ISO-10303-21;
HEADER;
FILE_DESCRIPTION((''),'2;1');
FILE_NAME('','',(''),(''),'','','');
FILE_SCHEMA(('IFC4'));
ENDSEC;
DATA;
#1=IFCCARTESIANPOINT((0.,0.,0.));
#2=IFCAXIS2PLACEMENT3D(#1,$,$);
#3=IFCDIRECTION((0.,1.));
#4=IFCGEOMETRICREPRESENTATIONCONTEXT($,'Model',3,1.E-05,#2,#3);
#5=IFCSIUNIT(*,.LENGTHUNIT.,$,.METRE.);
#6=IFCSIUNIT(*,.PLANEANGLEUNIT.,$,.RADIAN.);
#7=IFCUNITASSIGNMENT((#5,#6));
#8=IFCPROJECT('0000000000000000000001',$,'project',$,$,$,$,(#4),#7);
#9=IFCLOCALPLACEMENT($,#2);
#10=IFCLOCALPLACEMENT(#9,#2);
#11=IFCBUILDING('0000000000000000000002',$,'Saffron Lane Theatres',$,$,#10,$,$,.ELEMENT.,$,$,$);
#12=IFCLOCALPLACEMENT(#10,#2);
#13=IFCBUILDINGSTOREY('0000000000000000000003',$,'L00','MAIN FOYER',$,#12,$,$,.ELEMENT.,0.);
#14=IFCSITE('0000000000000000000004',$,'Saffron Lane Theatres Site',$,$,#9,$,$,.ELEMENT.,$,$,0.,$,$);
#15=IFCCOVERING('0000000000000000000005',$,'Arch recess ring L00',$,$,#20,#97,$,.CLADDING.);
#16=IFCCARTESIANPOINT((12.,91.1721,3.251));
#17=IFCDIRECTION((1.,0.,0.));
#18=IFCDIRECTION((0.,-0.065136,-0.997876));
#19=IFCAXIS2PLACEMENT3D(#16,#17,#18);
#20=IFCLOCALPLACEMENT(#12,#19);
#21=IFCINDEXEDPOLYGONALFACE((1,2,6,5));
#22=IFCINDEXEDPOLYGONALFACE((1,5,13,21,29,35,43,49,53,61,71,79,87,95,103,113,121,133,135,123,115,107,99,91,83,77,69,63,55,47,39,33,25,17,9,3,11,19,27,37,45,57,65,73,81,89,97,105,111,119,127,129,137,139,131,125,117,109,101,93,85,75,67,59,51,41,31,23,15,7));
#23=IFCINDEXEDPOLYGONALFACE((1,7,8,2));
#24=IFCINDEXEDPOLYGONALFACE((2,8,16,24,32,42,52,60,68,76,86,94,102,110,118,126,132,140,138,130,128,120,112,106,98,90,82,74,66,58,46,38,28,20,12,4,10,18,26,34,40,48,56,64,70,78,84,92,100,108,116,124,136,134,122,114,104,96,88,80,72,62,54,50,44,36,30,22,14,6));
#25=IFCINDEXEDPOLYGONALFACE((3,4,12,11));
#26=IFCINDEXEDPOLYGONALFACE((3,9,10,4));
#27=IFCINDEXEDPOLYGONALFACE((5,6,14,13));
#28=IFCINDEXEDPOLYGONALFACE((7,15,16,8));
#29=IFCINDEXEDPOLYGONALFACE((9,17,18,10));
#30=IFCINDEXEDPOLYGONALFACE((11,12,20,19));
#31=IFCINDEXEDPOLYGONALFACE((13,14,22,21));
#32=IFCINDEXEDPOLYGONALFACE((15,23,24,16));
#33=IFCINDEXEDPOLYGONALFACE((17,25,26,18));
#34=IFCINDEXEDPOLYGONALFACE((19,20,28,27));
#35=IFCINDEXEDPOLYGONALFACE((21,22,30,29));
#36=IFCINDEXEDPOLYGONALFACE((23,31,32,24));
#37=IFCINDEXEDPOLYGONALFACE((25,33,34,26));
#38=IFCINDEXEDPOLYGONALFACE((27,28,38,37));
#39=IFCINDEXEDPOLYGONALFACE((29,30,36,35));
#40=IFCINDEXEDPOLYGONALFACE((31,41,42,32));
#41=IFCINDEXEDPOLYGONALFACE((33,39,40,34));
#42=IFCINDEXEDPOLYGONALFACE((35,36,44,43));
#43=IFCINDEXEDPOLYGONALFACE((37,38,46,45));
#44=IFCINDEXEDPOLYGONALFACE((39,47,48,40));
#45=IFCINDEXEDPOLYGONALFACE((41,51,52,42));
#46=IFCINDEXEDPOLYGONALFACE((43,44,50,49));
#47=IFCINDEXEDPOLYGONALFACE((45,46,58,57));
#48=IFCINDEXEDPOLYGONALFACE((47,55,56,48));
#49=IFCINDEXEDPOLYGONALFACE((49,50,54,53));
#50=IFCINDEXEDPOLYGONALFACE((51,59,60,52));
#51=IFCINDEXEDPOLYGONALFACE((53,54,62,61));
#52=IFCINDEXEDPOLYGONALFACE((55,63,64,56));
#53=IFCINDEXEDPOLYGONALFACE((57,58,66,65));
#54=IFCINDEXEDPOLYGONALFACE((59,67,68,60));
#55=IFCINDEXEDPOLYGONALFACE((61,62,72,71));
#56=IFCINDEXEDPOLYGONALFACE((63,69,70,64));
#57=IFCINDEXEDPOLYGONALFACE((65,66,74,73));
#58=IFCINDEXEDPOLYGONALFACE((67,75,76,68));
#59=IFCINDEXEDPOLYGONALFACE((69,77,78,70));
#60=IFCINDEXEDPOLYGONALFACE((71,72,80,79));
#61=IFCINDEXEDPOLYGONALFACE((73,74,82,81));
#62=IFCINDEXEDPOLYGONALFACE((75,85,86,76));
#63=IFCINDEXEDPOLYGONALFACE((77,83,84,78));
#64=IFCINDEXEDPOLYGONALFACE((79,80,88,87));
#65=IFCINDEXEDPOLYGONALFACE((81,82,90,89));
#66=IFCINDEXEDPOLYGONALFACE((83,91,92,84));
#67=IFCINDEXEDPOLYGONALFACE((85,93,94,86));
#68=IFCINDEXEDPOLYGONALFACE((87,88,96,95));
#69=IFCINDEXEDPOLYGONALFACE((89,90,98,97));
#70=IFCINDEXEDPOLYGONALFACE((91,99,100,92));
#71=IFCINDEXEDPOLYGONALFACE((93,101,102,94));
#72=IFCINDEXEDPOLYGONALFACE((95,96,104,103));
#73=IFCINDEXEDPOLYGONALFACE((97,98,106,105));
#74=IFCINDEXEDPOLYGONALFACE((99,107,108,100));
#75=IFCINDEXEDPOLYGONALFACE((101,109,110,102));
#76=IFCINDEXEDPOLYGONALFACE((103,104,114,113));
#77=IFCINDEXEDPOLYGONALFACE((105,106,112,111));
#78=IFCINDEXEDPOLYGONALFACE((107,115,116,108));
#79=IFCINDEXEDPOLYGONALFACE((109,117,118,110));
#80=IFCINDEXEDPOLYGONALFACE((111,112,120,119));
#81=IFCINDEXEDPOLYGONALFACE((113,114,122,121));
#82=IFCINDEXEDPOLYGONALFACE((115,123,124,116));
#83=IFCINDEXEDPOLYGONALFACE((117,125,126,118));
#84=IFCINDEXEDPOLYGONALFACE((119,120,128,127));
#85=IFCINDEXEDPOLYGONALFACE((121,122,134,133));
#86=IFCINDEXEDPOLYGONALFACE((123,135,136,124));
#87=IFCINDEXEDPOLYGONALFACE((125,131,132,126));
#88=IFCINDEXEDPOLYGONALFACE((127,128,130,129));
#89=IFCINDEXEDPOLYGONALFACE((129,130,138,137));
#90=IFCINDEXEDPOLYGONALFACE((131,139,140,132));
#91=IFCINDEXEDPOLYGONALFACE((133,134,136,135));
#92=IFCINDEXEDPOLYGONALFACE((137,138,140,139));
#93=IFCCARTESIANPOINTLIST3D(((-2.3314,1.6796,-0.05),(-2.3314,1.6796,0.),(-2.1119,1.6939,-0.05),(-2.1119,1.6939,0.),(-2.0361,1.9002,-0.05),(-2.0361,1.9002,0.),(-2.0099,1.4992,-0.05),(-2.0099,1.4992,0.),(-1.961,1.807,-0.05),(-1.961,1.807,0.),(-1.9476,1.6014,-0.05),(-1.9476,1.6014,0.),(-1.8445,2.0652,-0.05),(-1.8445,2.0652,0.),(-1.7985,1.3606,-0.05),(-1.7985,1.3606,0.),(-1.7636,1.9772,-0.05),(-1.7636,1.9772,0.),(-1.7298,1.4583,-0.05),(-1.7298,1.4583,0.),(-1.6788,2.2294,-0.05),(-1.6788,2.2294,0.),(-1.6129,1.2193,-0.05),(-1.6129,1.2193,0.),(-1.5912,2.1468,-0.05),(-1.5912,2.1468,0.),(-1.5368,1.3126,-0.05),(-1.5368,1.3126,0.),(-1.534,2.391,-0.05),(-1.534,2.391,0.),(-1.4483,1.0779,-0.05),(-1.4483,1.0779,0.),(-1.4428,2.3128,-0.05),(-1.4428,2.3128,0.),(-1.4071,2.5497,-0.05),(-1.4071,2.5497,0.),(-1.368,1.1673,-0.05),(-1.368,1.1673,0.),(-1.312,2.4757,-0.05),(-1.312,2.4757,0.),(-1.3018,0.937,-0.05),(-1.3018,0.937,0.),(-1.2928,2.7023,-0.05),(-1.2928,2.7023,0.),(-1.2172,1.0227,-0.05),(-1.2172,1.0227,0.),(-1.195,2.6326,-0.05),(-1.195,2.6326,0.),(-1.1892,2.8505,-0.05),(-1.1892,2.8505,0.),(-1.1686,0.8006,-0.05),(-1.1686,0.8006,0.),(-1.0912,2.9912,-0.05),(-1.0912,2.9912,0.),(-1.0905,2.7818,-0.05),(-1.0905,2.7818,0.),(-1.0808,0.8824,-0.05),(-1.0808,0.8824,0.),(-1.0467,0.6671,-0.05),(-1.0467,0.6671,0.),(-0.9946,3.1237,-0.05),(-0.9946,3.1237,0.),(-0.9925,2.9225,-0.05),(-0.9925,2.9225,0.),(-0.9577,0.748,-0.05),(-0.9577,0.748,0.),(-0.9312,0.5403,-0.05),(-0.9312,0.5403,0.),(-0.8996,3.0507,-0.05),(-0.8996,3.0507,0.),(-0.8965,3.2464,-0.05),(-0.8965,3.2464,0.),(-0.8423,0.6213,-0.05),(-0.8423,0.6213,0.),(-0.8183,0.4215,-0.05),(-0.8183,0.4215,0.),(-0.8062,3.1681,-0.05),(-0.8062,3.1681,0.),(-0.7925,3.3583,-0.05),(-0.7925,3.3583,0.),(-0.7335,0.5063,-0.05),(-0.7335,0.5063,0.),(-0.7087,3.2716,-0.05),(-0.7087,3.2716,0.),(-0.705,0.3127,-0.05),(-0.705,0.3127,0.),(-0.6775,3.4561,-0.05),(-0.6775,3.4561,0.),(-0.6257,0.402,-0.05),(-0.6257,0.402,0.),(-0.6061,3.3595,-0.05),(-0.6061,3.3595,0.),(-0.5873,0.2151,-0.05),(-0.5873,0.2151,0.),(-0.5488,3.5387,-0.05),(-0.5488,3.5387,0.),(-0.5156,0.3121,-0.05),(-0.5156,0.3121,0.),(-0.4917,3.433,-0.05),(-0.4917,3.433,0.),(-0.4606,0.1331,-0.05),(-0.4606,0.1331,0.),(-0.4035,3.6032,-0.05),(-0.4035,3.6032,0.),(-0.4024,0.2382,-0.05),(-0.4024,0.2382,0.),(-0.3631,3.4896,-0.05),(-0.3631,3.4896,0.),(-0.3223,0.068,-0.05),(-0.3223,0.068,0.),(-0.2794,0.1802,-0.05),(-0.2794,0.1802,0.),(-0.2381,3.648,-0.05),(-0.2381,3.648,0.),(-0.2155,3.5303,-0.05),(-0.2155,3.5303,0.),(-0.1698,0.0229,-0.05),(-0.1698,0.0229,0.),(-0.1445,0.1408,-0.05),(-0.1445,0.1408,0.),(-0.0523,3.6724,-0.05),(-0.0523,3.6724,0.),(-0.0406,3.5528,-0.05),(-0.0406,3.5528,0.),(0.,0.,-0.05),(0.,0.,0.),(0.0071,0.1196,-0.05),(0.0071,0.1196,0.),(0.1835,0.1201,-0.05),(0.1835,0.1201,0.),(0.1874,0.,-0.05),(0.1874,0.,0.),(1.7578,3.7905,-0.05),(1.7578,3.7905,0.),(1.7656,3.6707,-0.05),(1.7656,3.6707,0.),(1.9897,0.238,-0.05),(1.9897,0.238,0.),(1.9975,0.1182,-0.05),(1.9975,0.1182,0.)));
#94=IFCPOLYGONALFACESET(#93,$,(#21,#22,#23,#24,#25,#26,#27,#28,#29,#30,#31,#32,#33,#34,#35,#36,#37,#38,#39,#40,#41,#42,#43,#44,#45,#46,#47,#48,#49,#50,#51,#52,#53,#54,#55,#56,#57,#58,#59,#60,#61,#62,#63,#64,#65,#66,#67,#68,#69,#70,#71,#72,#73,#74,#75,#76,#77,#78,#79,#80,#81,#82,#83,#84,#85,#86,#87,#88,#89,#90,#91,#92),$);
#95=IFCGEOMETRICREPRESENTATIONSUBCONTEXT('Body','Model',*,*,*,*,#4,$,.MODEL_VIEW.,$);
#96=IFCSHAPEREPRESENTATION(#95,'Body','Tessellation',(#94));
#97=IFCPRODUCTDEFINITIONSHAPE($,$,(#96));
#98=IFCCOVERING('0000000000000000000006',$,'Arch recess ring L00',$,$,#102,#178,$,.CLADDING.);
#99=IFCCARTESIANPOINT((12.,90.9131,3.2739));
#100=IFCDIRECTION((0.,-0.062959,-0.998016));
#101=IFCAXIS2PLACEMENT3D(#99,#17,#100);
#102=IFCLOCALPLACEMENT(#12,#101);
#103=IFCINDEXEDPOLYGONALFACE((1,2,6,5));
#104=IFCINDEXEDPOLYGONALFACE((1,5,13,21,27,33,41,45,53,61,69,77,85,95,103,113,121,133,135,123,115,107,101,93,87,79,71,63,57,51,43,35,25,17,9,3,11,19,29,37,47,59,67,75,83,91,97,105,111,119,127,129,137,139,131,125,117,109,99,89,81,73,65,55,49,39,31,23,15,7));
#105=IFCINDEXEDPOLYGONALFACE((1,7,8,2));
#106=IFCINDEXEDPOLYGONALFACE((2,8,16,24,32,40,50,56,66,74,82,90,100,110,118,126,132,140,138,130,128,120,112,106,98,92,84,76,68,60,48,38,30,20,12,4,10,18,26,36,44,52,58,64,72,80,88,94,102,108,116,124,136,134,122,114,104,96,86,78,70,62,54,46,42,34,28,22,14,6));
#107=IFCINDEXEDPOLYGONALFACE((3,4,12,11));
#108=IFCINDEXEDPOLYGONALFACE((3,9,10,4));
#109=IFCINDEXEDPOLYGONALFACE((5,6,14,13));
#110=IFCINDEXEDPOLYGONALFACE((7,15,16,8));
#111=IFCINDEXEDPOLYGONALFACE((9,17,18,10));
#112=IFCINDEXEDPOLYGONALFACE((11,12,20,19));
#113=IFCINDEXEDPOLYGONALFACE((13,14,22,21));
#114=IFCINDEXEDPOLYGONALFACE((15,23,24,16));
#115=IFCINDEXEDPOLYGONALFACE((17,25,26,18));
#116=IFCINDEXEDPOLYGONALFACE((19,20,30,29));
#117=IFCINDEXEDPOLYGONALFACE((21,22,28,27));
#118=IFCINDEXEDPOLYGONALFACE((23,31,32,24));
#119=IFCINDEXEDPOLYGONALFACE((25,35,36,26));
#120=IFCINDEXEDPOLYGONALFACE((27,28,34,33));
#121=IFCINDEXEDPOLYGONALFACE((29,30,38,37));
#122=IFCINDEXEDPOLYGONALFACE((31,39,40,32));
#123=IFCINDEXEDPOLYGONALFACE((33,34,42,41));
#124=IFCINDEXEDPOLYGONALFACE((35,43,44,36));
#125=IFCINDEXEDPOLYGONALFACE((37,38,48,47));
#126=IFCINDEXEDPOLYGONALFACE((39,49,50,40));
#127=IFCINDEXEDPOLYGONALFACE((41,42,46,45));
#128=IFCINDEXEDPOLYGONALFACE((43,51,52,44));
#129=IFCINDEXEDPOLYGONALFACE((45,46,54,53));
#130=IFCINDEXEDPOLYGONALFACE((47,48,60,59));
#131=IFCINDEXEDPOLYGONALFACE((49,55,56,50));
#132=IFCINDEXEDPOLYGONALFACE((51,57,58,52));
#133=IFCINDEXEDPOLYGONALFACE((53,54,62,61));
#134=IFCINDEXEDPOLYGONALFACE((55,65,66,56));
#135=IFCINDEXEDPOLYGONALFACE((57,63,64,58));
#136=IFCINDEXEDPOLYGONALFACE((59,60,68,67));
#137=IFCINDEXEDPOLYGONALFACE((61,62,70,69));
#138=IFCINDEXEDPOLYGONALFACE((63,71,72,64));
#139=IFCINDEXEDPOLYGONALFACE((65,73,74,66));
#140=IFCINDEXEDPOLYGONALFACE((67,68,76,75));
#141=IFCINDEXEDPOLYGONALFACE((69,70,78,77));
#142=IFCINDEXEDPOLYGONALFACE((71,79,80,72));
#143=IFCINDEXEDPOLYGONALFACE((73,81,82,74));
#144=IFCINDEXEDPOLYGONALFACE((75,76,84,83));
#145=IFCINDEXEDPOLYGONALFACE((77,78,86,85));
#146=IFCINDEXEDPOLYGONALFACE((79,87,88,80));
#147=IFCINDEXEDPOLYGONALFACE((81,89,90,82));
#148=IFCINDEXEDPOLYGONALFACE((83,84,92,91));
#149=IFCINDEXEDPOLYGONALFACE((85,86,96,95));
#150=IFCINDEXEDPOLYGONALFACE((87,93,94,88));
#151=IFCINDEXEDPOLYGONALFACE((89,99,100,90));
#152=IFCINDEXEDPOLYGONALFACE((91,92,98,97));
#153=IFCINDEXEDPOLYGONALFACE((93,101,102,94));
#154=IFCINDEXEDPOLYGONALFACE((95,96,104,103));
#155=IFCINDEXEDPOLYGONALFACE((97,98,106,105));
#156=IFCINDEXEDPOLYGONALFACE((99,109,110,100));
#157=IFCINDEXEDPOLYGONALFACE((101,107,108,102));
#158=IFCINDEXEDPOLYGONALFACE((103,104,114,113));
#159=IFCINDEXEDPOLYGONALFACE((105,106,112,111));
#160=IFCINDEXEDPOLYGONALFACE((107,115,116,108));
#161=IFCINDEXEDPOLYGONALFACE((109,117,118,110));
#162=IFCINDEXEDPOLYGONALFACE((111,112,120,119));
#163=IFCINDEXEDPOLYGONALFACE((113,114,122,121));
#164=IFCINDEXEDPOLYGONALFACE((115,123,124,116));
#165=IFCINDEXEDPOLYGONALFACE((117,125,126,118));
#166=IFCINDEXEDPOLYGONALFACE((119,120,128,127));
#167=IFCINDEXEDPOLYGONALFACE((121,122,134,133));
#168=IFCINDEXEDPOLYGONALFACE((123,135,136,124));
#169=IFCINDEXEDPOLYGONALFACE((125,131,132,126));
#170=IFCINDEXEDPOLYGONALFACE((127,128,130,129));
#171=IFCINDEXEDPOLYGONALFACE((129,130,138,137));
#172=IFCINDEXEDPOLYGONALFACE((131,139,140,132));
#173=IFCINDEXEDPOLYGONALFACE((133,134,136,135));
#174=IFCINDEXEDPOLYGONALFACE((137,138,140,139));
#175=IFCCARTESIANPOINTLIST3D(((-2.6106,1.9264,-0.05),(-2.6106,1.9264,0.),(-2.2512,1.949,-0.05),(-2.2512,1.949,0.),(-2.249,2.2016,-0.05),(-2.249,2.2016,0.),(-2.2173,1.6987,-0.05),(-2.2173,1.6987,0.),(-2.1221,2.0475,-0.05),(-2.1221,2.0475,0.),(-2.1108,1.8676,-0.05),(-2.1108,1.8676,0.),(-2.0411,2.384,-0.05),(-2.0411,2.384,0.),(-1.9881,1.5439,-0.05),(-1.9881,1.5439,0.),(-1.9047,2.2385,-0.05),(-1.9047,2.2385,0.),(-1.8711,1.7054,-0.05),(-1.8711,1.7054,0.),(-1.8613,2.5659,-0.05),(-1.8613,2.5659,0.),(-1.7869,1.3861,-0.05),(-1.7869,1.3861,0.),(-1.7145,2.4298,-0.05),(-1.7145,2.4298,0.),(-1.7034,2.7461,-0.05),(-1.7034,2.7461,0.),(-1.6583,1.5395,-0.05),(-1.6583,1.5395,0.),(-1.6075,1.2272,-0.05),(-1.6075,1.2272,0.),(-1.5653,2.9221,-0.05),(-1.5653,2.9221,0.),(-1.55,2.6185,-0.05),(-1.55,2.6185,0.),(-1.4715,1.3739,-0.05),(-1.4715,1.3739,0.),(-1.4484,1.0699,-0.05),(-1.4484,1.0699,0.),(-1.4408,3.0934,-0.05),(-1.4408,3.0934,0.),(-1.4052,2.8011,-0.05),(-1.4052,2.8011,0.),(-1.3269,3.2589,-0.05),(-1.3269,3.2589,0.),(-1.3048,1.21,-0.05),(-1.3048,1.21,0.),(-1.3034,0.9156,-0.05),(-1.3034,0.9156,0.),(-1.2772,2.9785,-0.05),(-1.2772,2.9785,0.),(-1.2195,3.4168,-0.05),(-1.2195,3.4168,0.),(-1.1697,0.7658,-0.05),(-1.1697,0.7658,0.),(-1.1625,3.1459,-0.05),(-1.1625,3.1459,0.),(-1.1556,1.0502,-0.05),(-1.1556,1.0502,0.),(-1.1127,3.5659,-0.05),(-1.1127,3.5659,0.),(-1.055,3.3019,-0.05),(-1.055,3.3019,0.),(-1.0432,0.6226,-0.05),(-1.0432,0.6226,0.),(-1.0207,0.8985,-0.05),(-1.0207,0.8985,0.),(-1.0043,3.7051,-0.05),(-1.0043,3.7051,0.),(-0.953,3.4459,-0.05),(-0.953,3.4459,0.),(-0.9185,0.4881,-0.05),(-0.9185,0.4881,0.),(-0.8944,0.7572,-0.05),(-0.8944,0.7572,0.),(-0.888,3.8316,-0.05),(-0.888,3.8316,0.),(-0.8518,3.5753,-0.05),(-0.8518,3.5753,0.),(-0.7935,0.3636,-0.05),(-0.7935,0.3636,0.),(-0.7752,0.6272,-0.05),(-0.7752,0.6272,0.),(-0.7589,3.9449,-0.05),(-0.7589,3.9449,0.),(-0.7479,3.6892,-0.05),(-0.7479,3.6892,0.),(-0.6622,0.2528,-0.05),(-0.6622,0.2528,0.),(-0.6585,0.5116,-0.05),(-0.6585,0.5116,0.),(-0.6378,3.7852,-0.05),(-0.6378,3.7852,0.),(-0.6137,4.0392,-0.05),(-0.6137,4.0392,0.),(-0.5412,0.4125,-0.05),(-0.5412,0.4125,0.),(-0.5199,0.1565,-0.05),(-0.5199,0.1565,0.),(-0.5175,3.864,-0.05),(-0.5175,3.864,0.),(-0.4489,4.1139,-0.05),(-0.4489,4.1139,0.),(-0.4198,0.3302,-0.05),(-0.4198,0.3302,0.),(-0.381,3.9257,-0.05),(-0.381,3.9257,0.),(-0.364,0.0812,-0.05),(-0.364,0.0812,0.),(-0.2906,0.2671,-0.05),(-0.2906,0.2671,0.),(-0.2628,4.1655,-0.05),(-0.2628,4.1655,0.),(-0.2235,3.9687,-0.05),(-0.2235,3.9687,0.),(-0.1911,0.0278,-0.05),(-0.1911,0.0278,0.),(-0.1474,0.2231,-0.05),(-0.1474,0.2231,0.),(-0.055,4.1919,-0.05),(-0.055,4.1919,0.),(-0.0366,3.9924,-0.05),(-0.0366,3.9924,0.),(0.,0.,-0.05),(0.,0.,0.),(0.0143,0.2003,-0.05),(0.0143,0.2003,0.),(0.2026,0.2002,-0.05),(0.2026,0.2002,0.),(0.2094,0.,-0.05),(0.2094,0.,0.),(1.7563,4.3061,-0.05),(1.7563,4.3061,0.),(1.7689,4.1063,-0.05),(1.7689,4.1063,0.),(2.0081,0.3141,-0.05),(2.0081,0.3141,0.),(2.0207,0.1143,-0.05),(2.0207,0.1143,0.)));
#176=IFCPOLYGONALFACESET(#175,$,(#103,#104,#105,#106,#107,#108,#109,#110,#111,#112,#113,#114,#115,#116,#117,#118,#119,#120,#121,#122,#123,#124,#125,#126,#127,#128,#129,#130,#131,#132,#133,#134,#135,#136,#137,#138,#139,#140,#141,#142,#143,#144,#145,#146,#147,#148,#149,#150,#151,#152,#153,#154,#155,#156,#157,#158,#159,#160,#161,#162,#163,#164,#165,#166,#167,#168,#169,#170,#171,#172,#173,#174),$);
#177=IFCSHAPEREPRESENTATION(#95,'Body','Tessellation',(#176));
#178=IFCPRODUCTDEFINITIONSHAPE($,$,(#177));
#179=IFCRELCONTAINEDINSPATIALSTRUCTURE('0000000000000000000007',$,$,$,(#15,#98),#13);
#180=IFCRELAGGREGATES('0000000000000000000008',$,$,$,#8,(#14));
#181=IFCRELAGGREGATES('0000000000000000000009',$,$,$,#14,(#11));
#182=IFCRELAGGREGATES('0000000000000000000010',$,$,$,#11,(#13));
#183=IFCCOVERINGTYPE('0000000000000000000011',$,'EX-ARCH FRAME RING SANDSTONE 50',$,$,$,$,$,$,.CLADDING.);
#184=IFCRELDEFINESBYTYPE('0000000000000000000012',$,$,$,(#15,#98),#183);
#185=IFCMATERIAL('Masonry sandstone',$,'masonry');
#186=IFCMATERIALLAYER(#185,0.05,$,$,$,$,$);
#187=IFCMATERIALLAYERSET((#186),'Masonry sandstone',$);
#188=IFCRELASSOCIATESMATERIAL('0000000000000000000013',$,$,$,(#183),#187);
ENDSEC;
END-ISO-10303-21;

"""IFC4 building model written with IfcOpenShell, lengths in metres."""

from ifc_helpers import new_model, si_unit, direction, frame, origin, place, context, subcontext, project, spatial, polyline, outline, extrude, material, layer, layer_set, type_object, element, save


model = new_model("IFC4")

# Units and contexts
model_context = context("Model", 3, precision=1e-05, world=origin(), true_north=direction((0.0, 1.0)))
body_context = subcontext(model_context, "Body", "Model", "MODEL_VIEW")
ifc_project = project(units=[si_unit("LENGTHUNIT", "METRE"), si_unit("PLANEANGLEUNIT", "RADIAN")], contexts=[model_context])

# Site, building, storey
site_placement = place(None, origin())
site = spatial("IfcSite", under=ifc_project, at=site_placement, Name="Saffron Lane Theatres Site", CompositionType="ELEMENT", RefElevation=0.0)
building_placement = place(site_placement, origin())
building = spatial("IfcBuilding", under=site, at=building_placement, Name="Saffron Lane Theatres", CompositionType="ELEMENT")
storey_placement = place(building_placement, origin())
storey = spatial("IfcBuildingStorey", under=building, at=storey_placement, Name="L00", Description="MAIN FOYER", CompositionType="ELEMENT", Elevation=0.0)

# Coverings
ifc_material_1 = material(Name="Masonry sandstone", Category="masonry")
ifc_layer_1 = layer(ifc_material_1, 0.05)
ifc_layer_set_1 = layer_set([ifc_layer_1], Name="Masonry sandstone")
covering_type_1 = type_object("IfcCoveringType", Name="EX-ARCH FRAME RING SANDSTONE 50", PredefinedType="CLADDING", material=ifc_layer_set_1)
covering_1_placement = place(storey_placement, frame((12.0, 91.1721, 3.251), z_axis=(1.0, 0.0, 0.0), x_axis=(0.0, -0.065136, -0.997876)))
element("IfcCovering", 1, at=covering_1_placement, inside=storey, type_object=covering_type_1, Name="Arch recess ring L00", PredefinedType="CLADDING", context=body_context, shape_type="SweptSolid", body=[
    extrude(outline(polyline([(0.0, 0.0), (0.1874, 0.0), (1.9975, 0.1182), (1.9897, 0.238), (0.1835, 0.1201), (0.0071, 0.1196), (-0.1445, 0.1408), (-0.2794, 0.1802), (-0.4024, 0.2382), (-0.5156, 0.3121), (-0.6257, 0.402), (-0.7335, 0.5063), (-0.8423, 0.6213), (-0.9577, 0.748), (-1.0808, 0.8824), (-1.2172, 1.0227), (-1.368, 1.1673), (-1.5368, 1.3126), (-1.7298, 1.4583), (-1.9476, 1.6014), (-2.1119, 1.6939), (-1.961, 1.807), (-1.7636, 1.9772), (-1.5912, 2.1468), (-1.4428, 2.3128), (-1.312, 2.4757), (-1.195, 2.6326), (-1.0905, 2.7818), (-0.9925, 2.9225), (-0.8996, 3.0507), (-0.8062, 3.1681), (-0.7087, 3.2716), (-0.6061, 3.3595), (-0.4917, 3.433), (-0.3631, 3.4896), (-0.2155, 3.5303), (-0.0406, 3.5528), (1.7656, 3.6707), (1.7578, 3.7905), (-0.0523, 3.6724), (-0.2381, 3.648), (-0.4035, 3.6032), (-0.5488, 3.5387), (-0.6775, 3.4561), (-0.7925, 3.3583), (-0.8965, 3.2464), (-0.9946, 3.1237), (-1.0912, 2.9912), (-1.1892, 2.8505), (-1.2928, 2.7023), (-1.4071, 2.5497), (-1.534, 2.391), (-1.6788, 2.2294), (-1.8445, 2.0652), (-2.0361, 1.9002), (-2.3314, 1.6796), (-2.0099, 1.4992), (-1.7985, 1.3606), (-1.6129, 1.2193), (-1.4483, 1.0779), (-1.3018, 0.937), (-1.1686, 0.8006), (-1.0467, 0.6671), (-0.9312, 0.5403), (-0.8183, 0.4215), (-0.705, 0.3127), (-0.5873, 0.2151), (-0.4606, 0.1331), (-0.3223, 0.068), (-0.1698, 0.0229), (0.0, 0.0)])), origin(), (0.0, 0.0, -1.0), 0.05),
])
covering_2_placement = place(storey_placement, frame((12.0, 90.9131, 3.2739), z_axis=(1.0, 0.0, 0.0), x_axis=(0.0, -0.062959, -0.998016)))
element("IfcCovering", 2, at=covering_2_placement, inside=storey, type_object=covering_type_1, Name="Arch recess ring L00", PredefinedType="CLADDING", context=body_context, shape_type="SweptSolid", body=[
    extrude(outline(polyline([(0.0, 0.0), (0.2094, 0.0), (2.0207, 0.1143), (2.0081, 0.3141), (0.2026, 0.2002), (0.0143, 0.2003), (-0.1474, 0.2231), (-0.2906, 0.2671), (-0.4198, 0.3302), (-0.5412, 0.4125), (-0.6585, 0.5116), (-0.7752, 0.6272), (-0.8944, 0.7572), (-1.0207, 0.8985), (-1.1556, 1.0502), (-1.3048, 1.21), (-1.4715, 1.3739), (-1.6583, 1.5395), (-1.8711, 1.7054), (-2.1108, 1.8676), (-2.2512, 1.949), (-2.1221, 2.0475), (-1.9047, 2.2385), (-1.7145, 2.4298), (-1.55, 2.6185), (-1.4052, 2.8011), (-1.2772, 2.9785), (-1.1625, 3.1459), (-1.055, 3.3019), (-0.953, 3.4459), (-0.8518, 3.5753), (-0.7479, 3.6892), (-0.6378, 3.7852), (-0.5175, 3.864), (-0.381, 3.9257), (-0.2235, 3.9687), (-0.0366, 3.9924), (1.7689, 4.1063), (1.7563, 4.3061), (-0.055, 4.1919), (-0.2628, 4.1655), (-0.4489, 4.1139), (-0.6137, 4.0392), (-0.7589, 3.9449), (-0.888, 3.8316), (-1.0043, 3.7051), (-1.1127, 3.5659), (-1.2195, 3.4168), (-1.3269, 3.2589), (-1.4408, 3.0934), (-1.5653, 2.9221), (-1.7034, 2.7461), (-1.8613, 2.5659), (-2.0411, 2.384), (-2.249, 2.2016), (-2.6106, 1.9264), (-2.2173, 1.6987), (-1.9881, 1.5439), (-1.7869, 1.3861), (-1.6075, 1.2272), (-1.4484, 1.0699), (-1.3034, 0.9156), (-1.1697, 0.7658), (-1.0432, 0.6226), (-0.9185, 0.4881), (-0.7935, 0.3636), (-0.6622, 0.2528), (-0.5199, 0.1565), (-0.364, 0.0812), (-0.1911, 0.0278), (0.0, 0.0)])), origin(), (0.0, 0.0, -1.0), 0.05),
])

save(model, "model.ifc")
